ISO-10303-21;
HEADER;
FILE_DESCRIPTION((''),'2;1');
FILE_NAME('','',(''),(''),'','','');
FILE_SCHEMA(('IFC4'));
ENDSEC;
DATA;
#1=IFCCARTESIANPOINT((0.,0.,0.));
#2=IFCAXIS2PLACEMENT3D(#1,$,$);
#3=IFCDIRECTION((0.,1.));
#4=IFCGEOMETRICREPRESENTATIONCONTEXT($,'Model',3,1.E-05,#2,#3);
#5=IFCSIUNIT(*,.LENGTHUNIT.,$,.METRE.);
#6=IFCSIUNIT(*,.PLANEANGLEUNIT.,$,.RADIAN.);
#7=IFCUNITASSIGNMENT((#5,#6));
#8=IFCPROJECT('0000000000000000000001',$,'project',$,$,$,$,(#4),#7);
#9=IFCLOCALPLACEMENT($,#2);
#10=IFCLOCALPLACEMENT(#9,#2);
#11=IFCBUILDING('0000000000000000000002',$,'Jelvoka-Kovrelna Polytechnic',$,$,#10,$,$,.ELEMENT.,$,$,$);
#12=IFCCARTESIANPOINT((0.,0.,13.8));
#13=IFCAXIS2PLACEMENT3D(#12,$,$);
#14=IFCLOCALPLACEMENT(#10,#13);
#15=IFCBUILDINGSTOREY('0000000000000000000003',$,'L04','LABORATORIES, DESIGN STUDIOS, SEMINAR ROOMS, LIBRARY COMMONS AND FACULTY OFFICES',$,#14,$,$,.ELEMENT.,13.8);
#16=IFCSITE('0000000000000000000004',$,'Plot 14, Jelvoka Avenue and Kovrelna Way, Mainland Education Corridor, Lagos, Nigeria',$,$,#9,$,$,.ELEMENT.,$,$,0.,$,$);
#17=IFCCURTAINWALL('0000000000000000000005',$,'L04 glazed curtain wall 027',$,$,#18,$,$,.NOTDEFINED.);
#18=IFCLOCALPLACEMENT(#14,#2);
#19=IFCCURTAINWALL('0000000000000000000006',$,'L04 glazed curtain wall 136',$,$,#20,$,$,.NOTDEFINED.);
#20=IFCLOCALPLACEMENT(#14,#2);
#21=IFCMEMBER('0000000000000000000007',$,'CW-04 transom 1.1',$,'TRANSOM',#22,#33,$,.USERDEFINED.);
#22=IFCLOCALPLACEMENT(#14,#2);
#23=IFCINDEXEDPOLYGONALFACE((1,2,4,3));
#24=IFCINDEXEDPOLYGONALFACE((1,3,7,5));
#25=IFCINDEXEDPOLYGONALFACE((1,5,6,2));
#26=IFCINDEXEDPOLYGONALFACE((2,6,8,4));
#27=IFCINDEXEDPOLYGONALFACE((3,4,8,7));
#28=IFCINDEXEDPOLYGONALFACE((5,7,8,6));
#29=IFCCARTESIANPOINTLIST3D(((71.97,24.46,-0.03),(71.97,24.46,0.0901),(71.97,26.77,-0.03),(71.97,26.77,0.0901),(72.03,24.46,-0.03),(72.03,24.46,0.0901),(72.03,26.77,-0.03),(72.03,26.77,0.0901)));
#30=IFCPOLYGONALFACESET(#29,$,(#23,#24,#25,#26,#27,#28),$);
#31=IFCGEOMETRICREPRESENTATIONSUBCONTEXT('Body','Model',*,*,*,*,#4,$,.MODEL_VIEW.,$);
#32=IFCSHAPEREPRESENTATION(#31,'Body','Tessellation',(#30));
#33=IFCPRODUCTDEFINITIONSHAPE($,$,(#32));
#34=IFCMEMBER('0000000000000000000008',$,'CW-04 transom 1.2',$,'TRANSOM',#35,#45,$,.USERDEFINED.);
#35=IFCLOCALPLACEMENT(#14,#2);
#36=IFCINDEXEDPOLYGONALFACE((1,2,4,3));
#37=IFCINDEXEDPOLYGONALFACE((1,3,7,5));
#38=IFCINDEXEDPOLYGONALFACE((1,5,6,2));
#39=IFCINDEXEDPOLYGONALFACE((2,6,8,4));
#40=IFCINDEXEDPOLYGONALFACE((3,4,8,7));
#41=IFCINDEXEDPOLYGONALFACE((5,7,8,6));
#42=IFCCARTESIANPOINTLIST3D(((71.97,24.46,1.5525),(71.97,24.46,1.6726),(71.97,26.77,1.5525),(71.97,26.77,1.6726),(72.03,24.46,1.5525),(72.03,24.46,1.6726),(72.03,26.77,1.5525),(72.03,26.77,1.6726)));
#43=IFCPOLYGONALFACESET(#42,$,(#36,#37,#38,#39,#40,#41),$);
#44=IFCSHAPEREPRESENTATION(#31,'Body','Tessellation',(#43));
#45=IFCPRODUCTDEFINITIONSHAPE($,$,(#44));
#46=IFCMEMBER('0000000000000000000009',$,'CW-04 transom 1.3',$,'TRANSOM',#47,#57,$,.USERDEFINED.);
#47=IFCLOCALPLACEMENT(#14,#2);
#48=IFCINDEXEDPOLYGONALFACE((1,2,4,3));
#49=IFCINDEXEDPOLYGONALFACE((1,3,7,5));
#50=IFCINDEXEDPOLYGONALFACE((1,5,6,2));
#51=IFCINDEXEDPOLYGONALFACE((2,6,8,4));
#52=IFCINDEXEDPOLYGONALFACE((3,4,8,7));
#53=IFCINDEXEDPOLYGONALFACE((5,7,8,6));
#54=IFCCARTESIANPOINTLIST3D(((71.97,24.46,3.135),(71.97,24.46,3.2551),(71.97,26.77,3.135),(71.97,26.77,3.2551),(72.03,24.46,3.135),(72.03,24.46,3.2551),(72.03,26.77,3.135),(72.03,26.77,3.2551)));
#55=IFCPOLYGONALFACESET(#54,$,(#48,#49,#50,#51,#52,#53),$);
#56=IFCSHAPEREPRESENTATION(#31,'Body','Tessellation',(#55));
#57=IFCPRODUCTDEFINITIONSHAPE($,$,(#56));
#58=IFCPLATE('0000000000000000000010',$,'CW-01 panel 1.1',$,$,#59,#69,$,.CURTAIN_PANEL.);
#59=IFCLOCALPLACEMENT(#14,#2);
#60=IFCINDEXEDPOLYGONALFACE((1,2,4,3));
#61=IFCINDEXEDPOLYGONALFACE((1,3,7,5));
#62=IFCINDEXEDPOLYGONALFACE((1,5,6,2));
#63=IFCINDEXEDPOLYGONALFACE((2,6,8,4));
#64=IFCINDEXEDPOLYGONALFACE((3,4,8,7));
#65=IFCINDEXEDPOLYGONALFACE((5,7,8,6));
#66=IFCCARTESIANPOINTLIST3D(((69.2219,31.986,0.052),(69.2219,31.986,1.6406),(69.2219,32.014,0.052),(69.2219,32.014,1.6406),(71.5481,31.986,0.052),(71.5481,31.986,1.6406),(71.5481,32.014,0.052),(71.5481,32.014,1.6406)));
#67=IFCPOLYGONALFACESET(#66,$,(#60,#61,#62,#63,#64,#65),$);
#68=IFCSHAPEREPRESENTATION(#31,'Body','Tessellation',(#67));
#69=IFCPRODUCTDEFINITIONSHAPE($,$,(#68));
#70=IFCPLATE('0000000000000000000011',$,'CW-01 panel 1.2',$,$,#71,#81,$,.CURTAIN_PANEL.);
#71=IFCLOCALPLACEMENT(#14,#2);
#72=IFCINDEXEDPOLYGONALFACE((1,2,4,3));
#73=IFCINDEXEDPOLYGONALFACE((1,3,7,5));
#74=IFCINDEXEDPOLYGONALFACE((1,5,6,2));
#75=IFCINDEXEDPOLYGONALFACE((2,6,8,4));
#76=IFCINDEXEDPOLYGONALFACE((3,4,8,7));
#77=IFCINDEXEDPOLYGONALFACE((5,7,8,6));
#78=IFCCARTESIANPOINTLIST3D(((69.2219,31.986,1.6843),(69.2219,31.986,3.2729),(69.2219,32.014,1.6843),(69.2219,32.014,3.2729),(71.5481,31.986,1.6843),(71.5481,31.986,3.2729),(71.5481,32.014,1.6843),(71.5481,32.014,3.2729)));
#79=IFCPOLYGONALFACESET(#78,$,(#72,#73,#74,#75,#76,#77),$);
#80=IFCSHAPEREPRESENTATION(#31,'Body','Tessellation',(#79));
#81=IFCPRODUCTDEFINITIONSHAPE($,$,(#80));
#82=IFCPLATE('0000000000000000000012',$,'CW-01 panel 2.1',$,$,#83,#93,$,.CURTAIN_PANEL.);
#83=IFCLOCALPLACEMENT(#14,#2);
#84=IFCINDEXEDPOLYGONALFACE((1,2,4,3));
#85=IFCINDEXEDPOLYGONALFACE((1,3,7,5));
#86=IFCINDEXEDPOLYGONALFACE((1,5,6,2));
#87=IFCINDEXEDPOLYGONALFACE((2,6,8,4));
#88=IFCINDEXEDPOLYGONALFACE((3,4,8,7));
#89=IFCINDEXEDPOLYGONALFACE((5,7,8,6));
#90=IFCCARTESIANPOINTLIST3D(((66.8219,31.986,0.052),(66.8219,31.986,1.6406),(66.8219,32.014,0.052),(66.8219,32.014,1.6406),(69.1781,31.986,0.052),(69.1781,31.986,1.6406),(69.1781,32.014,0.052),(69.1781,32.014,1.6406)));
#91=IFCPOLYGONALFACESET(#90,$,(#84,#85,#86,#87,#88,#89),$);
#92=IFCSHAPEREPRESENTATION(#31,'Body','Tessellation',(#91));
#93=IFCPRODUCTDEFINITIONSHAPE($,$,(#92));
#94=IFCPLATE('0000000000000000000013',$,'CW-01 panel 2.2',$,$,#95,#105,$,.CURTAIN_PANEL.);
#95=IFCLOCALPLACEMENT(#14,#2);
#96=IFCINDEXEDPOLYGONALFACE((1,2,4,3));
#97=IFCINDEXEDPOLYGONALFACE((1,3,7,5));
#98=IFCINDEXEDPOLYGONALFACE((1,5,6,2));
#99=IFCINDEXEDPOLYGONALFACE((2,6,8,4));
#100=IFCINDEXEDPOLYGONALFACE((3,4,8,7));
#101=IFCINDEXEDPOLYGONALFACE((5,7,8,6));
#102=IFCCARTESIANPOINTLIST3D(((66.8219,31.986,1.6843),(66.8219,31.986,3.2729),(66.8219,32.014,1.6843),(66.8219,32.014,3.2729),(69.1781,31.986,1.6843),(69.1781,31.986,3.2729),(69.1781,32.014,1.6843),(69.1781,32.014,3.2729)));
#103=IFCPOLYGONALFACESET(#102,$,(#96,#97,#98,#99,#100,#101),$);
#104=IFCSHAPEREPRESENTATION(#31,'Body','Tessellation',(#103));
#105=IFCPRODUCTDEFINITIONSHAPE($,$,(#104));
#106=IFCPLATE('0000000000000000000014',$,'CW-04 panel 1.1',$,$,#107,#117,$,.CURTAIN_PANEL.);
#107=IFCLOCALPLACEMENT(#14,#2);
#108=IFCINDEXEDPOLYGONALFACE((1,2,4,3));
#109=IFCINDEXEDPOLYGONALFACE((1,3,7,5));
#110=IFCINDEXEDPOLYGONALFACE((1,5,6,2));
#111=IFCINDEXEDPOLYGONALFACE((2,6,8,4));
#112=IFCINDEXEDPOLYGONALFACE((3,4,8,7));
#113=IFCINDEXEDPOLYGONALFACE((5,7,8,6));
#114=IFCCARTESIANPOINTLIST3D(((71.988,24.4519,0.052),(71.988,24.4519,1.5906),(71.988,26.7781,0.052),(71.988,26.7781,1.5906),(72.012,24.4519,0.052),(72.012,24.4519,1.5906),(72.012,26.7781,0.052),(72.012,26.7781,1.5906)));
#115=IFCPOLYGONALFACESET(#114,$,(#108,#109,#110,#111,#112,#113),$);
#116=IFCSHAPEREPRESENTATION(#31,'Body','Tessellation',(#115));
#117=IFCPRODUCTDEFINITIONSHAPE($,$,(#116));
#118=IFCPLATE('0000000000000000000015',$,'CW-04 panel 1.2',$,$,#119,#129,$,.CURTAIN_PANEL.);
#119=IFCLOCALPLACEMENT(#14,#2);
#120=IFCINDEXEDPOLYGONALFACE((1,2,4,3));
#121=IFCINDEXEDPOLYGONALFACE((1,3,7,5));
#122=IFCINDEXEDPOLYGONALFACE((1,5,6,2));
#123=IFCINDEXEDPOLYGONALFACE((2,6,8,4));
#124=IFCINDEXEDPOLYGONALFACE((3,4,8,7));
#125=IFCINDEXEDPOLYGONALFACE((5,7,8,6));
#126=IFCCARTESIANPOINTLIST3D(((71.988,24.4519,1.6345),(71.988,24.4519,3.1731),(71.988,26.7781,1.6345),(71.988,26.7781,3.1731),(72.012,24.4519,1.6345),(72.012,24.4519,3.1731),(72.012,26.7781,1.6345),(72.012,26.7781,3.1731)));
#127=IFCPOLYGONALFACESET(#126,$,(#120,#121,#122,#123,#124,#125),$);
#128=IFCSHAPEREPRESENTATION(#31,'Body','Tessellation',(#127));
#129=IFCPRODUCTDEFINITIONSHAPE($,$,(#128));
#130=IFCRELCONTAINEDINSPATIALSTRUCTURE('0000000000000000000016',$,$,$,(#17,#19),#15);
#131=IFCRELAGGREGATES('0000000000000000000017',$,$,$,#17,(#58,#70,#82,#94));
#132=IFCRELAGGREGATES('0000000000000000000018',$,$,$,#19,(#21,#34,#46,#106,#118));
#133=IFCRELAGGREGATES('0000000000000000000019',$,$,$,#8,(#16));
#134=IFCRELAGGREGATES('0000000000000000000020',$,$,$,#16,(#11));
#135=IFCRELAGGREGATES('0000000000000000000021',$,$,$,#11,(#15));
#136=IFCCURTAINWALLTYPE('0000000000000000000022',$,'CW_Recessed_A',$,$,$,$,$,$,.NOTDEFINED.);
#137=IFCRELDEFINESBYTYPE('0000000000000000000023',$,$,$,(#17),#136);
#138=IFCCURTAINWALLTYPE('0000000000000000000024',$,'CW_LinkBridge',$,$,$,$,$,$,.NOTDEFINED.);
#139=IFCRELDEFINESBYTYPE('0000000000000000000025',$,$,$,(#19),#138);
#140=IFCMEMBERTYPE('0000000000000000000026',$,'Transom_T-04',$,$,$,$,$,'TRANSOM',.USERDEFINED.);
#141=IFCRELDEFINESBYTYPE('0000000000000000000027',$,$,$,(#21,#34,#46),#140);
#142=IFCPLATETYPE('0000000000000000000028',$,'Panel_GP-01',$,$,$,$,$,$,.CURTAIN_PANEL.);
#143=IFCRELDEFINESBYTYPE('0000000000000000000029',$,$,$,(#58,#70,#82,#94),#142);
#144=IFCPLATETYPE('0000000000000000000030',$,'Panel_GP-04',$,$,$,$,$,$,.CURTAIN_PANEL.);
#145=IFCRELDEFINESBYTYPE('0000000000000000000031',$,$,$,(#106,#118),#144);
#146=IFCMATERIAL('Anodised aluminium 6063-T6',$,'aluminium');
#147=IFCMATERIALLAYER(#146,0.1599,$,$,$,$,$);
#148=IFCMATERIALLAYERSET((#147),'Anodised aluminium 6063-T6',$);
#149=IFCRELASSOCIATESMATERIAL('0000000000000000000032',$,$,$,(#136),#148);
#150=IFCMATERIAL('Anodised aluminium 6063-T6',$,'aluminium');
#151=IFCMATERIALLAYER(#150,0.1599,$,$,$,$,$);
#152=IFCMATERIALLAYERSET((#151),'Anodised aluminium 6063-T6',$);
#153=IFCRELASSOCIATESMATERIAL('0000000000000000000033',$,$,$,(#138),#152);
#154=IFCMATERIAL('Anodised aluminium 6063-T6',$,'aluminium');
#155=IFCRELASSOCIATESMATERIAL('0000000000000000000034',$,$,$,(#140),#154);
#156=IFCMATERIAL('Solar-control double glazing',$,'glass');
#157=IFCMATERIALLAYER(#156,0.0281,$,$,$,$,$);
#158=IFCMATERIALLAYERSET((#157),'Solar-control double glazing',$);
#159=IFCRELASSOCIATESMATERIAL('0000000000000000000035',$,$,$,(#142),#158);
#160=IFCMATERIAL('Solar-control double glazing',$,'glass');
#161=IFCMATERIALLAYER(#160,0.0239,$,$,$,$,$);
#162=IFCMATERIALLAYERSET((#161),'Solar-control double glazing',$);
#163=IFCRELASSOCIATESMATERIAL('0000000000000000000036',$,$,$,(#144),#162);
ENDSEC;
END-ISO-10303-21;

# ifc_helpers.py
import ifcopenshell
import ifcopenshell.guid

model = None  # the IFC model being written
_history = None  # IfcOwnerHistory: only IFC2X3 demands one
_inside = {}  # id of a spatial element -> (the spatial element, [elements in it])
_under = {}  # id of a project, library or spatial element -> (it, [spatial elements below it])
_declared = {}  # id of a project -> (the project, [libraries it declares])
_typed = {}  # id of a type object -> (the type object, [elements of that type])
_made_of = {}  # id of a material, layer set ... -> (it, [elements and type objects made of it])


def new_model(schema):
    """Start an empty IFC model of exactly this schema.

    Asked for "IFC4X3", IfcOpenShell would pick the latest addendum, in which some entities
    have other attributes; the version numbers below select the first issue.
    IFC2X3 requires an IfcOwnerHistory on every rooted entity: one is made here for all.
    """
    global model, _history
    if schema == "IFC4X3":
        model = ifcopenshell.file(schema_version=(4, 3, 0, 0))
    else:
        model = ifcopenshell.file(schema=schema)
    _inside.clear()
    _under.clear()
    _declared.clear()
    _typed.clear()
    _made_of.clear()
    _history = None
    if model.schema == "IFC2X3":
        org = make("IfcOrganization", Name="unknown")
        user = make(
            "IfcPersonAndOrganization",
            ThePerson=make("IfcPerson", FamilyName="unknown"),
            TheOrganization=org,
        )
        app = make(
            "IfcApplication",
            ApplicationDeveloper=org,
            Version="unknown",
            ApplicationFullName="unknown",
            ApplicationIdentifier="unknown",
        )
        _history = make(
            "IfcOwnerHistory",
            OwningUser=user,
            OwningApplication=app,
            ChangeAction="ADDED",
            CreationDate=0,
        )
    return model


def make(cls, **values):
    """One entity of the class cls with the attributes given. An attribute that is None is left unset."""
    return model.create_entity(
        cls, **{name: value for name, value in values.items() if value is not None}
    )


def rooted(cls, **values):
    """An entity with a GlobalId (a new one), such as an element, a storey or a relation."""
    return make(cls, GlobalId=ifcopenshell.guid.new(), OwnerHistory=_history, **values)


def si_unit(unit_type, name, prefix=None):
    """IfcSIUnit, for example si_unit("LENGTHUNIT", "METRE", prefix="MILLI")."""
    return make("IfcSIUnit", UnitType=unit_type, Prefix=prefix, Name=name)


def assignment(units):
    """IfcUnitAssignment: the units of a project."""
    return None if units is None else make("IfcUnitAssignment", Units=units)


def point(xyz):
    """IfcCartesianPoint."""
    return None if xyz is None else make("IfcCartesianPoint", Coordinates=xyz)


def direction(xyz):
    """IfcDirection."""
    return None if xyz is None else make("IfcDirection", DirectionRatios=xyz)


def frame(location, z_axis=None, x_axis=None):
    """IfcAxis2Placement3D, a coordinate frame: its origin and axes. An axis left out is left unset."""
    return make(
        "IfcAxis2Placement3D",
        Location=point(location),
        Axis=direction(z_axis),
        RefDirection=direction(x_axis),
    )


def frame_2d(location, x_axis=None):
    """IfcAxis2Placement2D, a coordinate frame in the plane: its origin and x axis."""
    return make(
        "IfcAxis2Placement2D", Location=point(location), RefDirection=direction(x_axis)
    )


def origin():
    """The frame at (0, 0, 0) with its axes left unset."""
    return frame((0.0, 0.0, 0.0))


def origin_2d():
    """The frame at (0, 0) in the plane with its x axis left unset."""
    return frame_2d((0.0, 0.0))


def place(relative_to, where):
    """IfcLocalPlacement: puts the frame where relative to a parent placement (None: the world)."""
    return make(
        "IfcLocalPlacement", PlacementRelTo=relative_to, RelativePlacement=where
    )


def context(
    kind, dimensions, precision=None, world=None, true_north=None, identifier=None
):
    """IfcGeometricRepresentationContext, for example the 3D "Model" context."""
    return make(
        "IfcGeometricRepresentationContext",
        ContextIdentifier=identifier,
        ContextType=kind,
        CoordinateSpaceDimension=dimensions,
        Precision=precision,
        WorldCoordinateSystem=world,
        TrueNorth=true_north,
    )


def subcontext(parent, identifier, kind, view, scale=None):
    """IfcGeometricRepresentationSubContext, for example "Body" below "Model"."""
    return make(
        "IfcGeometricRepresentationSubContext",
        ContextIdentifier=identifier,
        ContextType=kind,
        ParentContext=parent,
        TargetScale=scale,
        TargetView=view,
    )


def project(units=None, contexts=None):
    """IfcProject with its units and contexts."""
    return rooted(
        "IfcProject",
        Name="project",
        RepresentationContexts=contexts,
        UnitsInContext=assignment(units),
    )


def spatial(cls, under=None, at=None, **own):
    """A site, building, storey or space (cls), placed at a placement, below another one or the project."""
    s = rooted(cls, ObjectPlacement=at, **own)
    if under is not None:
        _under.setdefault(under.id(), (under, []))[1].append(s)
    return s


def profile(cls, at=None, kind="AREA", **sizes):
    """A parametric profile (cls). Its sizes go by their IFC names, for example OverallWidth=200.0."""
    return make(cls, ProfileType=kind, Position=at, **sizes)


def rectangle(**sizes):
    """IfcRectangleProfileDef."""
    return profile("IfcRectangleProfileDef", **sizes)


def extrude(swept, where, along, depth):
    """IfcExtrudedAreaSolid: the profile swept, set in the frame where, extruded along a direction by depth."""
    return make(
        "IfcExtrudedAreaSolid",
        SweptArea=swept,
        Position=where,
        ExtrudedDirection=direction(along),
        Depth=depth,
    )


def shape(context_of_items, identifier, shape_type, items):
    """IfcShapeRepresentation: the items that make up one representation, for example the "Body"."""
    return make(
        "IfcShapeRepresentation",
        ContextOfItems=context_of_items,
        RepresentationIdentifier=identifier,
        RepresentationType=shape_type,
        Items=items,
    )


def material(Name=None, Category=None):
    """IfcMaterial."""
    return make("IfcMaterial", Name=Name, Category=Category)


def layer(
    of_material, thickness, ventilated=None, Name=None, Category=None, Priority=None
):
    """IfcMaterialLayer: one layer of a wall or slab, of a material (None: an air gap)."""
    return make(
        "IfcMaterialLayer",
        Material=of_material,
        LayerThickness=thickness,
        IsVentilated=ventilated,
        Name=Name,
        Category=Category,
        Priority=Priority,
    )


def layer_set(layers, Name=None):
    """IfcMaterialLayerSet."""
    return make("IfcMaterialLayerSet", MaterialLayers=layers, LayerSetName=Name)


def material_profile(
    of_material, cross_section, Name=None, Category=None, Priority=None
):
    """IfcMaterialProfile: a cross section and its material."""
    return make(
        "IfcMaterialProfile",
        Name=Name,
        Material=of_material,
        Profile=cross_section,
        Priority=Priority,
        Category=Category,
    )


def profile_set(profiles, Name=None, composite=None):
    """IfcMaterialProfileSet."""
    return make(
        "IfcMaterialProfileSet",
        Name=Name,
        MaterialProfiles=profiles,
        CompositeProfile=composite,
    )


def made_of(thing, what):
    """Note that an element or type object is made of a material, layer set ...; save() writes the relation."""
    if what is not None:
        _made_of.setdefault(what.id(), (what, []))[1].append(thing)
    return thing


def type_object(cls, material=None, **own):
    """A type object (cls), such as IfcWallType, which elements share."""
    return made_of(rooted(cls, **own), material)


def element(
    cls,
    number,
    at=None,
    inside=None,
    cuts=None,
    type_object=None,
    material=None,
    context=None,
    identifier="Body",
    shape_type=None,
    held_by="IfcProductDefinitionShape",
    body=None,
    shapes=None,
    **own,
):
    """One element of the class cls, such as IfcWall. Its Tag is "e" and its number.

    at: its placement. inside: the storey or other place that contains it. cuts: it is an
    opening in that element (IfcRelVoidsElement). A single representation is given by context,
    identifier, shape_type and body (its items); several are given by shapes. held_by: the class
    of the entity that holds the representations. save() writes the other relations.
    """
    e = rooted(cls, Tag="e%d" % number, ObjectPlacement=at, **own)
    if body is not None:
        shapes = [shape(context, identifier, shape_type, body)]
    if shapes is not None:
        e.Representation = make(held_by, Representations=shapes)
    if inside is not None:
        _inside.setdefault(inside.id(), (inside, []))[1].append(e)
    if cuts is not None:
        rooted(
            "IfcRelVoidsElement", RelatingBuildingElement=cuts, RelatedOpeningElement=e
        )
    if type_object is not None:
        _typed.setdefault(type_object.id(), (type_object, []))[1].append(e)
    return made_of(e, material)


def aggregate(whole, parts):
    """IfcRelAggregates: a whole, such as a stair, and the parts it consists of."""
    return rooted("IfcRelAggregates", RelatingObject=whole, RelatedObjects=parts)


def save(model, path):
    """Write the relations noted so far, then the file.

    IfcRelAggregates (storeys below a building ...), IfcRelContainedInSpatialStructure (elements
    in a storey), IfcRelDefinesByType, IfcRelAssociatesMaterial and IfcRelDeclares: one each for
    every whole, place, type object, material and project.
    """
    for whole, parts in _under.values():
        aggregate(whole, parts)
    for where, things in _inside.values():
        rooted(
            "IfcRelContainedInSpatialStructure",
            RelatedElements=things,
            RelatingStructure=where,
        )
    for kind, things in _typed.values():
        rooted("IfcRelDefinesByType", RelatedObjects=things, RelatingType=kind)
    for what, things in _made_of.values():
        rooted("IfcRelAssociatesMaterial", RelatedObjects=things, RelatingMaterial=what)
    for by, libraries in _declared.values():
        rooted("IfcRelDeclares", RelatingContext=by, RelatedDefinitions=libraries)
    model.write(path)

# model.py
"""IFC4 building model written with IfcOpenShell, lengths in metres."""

from ifc_helpers import new_model, si_unit, direction, frame, origin, origin_2d, place, context, subcontext, project, spatial, rectangle, extrude, material, layer, layer_set, material_profile, profile_set, type_object, element, aggregate, save


model = new_model("IFC4")

# Units and contexts
model_context = context("Model", 3, precision=1e-05, world=origin(), true_north=direction((0.0, 1.0)))
body_context = subcontext(model_context, "Body", "Model", "MODEL_VIEW")
ifc_project = project(units=[si_unit("LENGTHUNIT", "METRE"), si_unit("PLANEANGLEUNIT", "RADIAN")], contexts=[model_context])

# Site, building, storey
site_placement = place(None, origin())
site = spatial("IfcSite", under=ifc_project, at=site_placement, Name="Plot 14, Jelvoka Avenue and Kovrelna Way, Mainland Education Corridor, Lagos, Nigeria", CompositionType="ELEMENT", RefElevation=0.0)
building_placement = place(site_placement, origin())
building = spatial("IfcBuilding", under=site, at=building_placement, Name="Jelvoka-Kovrelna Polytechnic", CompositionType="ELEMENT")
storey_placement = place(building_placement, frame((0.0, 0.0, 13.8)))
storey = spatial("IfcBuildingStorey", under=building, at=storey_placement, Name="L04", Description="LABORATORIES, DESIGN STUDIOS, SEMINAR ROOMS, LIBRARY COMMONS AND FACULTY OFFICES", CompositionType="ELEMENT", Elevation=13.8)

# Curtain wall
ifc_material_1 = material(Name="Anodised aluminium 6063-T6", Category="aluminium")
ifc_layer_1 = layer(ifc_material_1, 0.1599)
ifc_layer_set_1 = layer_set([ifc_layer_1], Name="Anodised aluminium 6063-T6")
curtain_wall_type_1 = type_object("IfcCurtainWallType", Name="CW_Recessed_A", PredefinedType="NOTDEFINED", material=ifc_layer_set_1)
curtain_wall_1_placement = place(storey_placement, origin())
curtain_wall_1 = element("IfcCurtainWall", 1, at=curtain_wall_1_placement, inside=storey, type_object=curtain_wall_type_1, Name="L04 glazed curtain wall 027", PredefinedType="NOTDEFINED")

# Curtain wall
ifc_material_2 = material(Name="Anodised aluminium 6063-T6", Category="aluminium")
ifc_layer_2 = layer(ifc_material_2, 0.1599)
ifc_layer_set_2 = layer_set([ifc_layer_2], Name="Anodised aluminium 6063-T6")
curtain_wall_type_2 = type_object("IfcCurtainWallType", Name="CW_LinkBridge", PredefinedType="NOTDEFINED", material=ifc_layer_set_2)
curtain_wall_2_placement = place(storey_placement, origin())
curtain_wall_2 = element("IfcCurtainWall", 2, at=curtain_wall_2_placement, inside=storey, type_object=curtain_wall_type_2, Name="L04 glazed curtain wall 136", PredefinedType="NOTDEFINED")

# Members
ifc_material_3 = material(Name="Anodised aluminium 6063-T6", Category="aluminium")
ifc_material_profile_1 = material_profile(ifc_material_3, rectangle(XDim=0.0601, YDim=0.1201, at=origin_2d()), Name="ALU 60x120")
ifc_profile_set_1 = profile_set([ifc_material_profile_1], Name="Anodised aluminium 6063-T6")
member_type_1 = type_object("IfcMemberType", Name="Transom_T-04", ElementType="TRANSOM", PredefinedType="USERDEFINED", material=ifc_profile_set_1)
member_1_placement = place(storey_placement, frame((72.0, 24.46, 0.03), z_axis=(0.0, 1.0, 0.0), x_axis=(-1.0, 0.0, 0.0)))
member_1 = element("IfcMember", 3, at=member_1_placement, type_object=member_type_1, Name="CW-04 transom 1.1", ObjectType="TRANSOM", PredefinedType="USERDEFINED", context=body_context, shape_type="SweptSolid", body=[
    extrude(rectangle(XDim=0.0601, YDim=0.1201, at=origin_2d()), origin(), (0.0, 0.0, 1.0), 2.3101),
])
member_2_placement = place(storey_placement, frame((72.0, 24.46, 1.6125), z_axis=(0.0, 1.0, 0.0), x_axis=(-1.0, 0.0, 0.0)))
member_2 = element("IfcMember", 4, at=member_2_placement, type_object=member_type_1, Name="CW-04 transom 1.2", ObjectType="TRANSOM", PredefinedType="USERDEFINED", context=body_context, shape_type="SweptSolid", body=[
    extrude(rectangle(XDim=0.0601, YDim=0.1201, at=origin_2d()), origin(), (0.0, 0.0, 1.0), 2.3101),
])
member_3_placement = place(storey_placement, frame((72.0, 24.46, 3.1951), z_axis=(0.0, 1.0, 0.0), x_axis=(-1.0, 0.0, 0.0)))
member_3 = element("IfcMember", 5, at=member_3_placement, type_object=member_type_1, Name="CW-04 transom 1.3", ObjectType="TRANSOM", PredefinedType="USERDEFINED", context=body_context, shape_type="SweptSolid", body=[
    extrude(rectangle(XDim=0.0601, YDim=0.1201, at=origin_2d()), origin(), (0.0, 0.0, 1.0), 2.3101),
])

# Plates
ifc_material_4 = material(Name="Solar-control double glazing", Category="glass")
ifc_layer_3 = layer(ifc_material_4, 0.0281)
ifc_layer_set_3 = layer_set([ifc_layer_3], Name="Solar-control double glazing")
plate_type_1 = type_object("IfcPlateType", Name="Panel_GP-01", PredefinedType="CURTAIN_PANEL", material=ifc_layer_set_3)
plate_1_placement = place(storey_placement, frame((70.385, 32.0, 0.052), z_axis=(0.0, 0.0, 1.0), x_axis=(-1.0, 0.0, 0.0)))
plate_1 = element("IfcPlate", 6, at=plate_1_placement, type_object=plate_type_1, Name="CW-01 panel 1.1", PredefinedType="CURTAIN_PANEL", context=body_context, shape_type="SweptSolid", body=[
    extrude(rectangle(XDim=2.3262, YDim=0.0281, at=origin_2d()), origin(), (0.0, 0.0, 1.0), 1.5886),
])
plate_2_placement = place(storey_placement, frame((70.385, 32.0, 1.6843), z_axis=(0.0, 0.0, 1.0), x_axis=(-1.0, 0.0, 0.0)))
plate_2 = element("IfcPlate", 7, at=plate_2_placement, type_object=plate_type_1, Name="CW-01 panel 1.2", PredefinedType="CURTAIN_PANEL", context=body_context, shape_type="SweptSolid", body=[
    extrude(rectangle(XDim=2.3262, YDim=0.0281, at=origin_2d()), origin(), (0.0, 0.0, 1.0), 1.5886),
])
plate_3_placement = place(storey_placement, frame((68.0, 32.0, 0.052), z_axis=(0.0, 0.0, 1.0), x_axis=(-1.0, 0.0, 0.0)))
plate_3 = element("IfcPlate", 8, at=plate_3_placement, type_object=plate_type_1, Name="CW-01 panel 2.1", PredefinedType="CURTAIN_PANEL", context=body_context, shape_type="SweptSolid", body=[
    extrude(rectangle(XDim=2.3562, YDim=0.0281, at=origin_2d()), origin(), (0.0, 0.0, 1.0), 1.5886),
])
plate_4_placement = place(storey_placement, frame((68.0, 32.0, 1.6843), z_axis=(0.0, 0.0, 1.0), x_axis=(-1.0, 0.0, 0.0)))
plate_4 = element("IfcPlate", 9, at=plate_4_placement, type_object=plate_type_1, Name="CW-01 panel 2.2", PredefinedType="CURTAIN_PANEL", context=body_context, shape_type="SweptSolid", body=[
    extrude(rectangle(XDim=2.3562, YDim=0.0281, at=origin_2d()), origin(), (0.0, 0.0, 1.0), 1.5886),
])
aggregate(curtain_wall_1, [plate_1, plate_2, plate_3, plate_4])
ifc_material_5 = material(Name="Solar-control double glazing", Category="glass")
ifc_layer_4 = layer(ifc_material_5, 0.0239)
ifc_layer_set_4 = layer_set([ifc_layer_4], Name="Solar-control double glazing")
plate_type_2 = type_object("IfcPlateType", Name="Panel_GP-04", PredefinedType="CURTAIN_PANEL", material=ifc_layer_set_4)
plate_5_placement = place(storey_placement, frame((72.0, 25.615, 0.052), z_axis=(0.0, 0.0, 1.0), x_axis=(0.0, 1.0, 0.0)))
plate_5 = element("IfcPlate", 10, at=plate_5_placement, type_object=plate_type_2, Name="CW-04 panel 1.1", PredefinedType="CURTAIN_PANEL", context=body_context, shape_type="SweptSolid", body=[
    extrude(rectangle(XDim=2.3262, YDim=0.0239, at=origin_2d()), origin(), (0.0, 0.0, 1.0), 1.5386),
])
plate_6_placement = place(storey_placement, frame((72.0, 25.615, 1.6345), z_axis=(0.0, 0.0, 1.0), x_axis=(0.0, 1.0, 0.0)))
plate_6 = element("IfcPlate", 11, at=plate_6_placement, type_object=plate_type_2, Name="CW-04 panel 1.2", PredefinedType="CURTAIN_PANEL", context=body_context, shape_type="SweptSolid", body=[
    extrude(rectangle(XDim=2.3262, YDim=0.0239, at=origin_2d()), origin(), (0.0, 0.0, 1.0), 1.5386),
])
aggregate(curtain_wall_2, [member_1, member_2, member_3, plate_5, plate_6])

save(model, "model.ifc")
